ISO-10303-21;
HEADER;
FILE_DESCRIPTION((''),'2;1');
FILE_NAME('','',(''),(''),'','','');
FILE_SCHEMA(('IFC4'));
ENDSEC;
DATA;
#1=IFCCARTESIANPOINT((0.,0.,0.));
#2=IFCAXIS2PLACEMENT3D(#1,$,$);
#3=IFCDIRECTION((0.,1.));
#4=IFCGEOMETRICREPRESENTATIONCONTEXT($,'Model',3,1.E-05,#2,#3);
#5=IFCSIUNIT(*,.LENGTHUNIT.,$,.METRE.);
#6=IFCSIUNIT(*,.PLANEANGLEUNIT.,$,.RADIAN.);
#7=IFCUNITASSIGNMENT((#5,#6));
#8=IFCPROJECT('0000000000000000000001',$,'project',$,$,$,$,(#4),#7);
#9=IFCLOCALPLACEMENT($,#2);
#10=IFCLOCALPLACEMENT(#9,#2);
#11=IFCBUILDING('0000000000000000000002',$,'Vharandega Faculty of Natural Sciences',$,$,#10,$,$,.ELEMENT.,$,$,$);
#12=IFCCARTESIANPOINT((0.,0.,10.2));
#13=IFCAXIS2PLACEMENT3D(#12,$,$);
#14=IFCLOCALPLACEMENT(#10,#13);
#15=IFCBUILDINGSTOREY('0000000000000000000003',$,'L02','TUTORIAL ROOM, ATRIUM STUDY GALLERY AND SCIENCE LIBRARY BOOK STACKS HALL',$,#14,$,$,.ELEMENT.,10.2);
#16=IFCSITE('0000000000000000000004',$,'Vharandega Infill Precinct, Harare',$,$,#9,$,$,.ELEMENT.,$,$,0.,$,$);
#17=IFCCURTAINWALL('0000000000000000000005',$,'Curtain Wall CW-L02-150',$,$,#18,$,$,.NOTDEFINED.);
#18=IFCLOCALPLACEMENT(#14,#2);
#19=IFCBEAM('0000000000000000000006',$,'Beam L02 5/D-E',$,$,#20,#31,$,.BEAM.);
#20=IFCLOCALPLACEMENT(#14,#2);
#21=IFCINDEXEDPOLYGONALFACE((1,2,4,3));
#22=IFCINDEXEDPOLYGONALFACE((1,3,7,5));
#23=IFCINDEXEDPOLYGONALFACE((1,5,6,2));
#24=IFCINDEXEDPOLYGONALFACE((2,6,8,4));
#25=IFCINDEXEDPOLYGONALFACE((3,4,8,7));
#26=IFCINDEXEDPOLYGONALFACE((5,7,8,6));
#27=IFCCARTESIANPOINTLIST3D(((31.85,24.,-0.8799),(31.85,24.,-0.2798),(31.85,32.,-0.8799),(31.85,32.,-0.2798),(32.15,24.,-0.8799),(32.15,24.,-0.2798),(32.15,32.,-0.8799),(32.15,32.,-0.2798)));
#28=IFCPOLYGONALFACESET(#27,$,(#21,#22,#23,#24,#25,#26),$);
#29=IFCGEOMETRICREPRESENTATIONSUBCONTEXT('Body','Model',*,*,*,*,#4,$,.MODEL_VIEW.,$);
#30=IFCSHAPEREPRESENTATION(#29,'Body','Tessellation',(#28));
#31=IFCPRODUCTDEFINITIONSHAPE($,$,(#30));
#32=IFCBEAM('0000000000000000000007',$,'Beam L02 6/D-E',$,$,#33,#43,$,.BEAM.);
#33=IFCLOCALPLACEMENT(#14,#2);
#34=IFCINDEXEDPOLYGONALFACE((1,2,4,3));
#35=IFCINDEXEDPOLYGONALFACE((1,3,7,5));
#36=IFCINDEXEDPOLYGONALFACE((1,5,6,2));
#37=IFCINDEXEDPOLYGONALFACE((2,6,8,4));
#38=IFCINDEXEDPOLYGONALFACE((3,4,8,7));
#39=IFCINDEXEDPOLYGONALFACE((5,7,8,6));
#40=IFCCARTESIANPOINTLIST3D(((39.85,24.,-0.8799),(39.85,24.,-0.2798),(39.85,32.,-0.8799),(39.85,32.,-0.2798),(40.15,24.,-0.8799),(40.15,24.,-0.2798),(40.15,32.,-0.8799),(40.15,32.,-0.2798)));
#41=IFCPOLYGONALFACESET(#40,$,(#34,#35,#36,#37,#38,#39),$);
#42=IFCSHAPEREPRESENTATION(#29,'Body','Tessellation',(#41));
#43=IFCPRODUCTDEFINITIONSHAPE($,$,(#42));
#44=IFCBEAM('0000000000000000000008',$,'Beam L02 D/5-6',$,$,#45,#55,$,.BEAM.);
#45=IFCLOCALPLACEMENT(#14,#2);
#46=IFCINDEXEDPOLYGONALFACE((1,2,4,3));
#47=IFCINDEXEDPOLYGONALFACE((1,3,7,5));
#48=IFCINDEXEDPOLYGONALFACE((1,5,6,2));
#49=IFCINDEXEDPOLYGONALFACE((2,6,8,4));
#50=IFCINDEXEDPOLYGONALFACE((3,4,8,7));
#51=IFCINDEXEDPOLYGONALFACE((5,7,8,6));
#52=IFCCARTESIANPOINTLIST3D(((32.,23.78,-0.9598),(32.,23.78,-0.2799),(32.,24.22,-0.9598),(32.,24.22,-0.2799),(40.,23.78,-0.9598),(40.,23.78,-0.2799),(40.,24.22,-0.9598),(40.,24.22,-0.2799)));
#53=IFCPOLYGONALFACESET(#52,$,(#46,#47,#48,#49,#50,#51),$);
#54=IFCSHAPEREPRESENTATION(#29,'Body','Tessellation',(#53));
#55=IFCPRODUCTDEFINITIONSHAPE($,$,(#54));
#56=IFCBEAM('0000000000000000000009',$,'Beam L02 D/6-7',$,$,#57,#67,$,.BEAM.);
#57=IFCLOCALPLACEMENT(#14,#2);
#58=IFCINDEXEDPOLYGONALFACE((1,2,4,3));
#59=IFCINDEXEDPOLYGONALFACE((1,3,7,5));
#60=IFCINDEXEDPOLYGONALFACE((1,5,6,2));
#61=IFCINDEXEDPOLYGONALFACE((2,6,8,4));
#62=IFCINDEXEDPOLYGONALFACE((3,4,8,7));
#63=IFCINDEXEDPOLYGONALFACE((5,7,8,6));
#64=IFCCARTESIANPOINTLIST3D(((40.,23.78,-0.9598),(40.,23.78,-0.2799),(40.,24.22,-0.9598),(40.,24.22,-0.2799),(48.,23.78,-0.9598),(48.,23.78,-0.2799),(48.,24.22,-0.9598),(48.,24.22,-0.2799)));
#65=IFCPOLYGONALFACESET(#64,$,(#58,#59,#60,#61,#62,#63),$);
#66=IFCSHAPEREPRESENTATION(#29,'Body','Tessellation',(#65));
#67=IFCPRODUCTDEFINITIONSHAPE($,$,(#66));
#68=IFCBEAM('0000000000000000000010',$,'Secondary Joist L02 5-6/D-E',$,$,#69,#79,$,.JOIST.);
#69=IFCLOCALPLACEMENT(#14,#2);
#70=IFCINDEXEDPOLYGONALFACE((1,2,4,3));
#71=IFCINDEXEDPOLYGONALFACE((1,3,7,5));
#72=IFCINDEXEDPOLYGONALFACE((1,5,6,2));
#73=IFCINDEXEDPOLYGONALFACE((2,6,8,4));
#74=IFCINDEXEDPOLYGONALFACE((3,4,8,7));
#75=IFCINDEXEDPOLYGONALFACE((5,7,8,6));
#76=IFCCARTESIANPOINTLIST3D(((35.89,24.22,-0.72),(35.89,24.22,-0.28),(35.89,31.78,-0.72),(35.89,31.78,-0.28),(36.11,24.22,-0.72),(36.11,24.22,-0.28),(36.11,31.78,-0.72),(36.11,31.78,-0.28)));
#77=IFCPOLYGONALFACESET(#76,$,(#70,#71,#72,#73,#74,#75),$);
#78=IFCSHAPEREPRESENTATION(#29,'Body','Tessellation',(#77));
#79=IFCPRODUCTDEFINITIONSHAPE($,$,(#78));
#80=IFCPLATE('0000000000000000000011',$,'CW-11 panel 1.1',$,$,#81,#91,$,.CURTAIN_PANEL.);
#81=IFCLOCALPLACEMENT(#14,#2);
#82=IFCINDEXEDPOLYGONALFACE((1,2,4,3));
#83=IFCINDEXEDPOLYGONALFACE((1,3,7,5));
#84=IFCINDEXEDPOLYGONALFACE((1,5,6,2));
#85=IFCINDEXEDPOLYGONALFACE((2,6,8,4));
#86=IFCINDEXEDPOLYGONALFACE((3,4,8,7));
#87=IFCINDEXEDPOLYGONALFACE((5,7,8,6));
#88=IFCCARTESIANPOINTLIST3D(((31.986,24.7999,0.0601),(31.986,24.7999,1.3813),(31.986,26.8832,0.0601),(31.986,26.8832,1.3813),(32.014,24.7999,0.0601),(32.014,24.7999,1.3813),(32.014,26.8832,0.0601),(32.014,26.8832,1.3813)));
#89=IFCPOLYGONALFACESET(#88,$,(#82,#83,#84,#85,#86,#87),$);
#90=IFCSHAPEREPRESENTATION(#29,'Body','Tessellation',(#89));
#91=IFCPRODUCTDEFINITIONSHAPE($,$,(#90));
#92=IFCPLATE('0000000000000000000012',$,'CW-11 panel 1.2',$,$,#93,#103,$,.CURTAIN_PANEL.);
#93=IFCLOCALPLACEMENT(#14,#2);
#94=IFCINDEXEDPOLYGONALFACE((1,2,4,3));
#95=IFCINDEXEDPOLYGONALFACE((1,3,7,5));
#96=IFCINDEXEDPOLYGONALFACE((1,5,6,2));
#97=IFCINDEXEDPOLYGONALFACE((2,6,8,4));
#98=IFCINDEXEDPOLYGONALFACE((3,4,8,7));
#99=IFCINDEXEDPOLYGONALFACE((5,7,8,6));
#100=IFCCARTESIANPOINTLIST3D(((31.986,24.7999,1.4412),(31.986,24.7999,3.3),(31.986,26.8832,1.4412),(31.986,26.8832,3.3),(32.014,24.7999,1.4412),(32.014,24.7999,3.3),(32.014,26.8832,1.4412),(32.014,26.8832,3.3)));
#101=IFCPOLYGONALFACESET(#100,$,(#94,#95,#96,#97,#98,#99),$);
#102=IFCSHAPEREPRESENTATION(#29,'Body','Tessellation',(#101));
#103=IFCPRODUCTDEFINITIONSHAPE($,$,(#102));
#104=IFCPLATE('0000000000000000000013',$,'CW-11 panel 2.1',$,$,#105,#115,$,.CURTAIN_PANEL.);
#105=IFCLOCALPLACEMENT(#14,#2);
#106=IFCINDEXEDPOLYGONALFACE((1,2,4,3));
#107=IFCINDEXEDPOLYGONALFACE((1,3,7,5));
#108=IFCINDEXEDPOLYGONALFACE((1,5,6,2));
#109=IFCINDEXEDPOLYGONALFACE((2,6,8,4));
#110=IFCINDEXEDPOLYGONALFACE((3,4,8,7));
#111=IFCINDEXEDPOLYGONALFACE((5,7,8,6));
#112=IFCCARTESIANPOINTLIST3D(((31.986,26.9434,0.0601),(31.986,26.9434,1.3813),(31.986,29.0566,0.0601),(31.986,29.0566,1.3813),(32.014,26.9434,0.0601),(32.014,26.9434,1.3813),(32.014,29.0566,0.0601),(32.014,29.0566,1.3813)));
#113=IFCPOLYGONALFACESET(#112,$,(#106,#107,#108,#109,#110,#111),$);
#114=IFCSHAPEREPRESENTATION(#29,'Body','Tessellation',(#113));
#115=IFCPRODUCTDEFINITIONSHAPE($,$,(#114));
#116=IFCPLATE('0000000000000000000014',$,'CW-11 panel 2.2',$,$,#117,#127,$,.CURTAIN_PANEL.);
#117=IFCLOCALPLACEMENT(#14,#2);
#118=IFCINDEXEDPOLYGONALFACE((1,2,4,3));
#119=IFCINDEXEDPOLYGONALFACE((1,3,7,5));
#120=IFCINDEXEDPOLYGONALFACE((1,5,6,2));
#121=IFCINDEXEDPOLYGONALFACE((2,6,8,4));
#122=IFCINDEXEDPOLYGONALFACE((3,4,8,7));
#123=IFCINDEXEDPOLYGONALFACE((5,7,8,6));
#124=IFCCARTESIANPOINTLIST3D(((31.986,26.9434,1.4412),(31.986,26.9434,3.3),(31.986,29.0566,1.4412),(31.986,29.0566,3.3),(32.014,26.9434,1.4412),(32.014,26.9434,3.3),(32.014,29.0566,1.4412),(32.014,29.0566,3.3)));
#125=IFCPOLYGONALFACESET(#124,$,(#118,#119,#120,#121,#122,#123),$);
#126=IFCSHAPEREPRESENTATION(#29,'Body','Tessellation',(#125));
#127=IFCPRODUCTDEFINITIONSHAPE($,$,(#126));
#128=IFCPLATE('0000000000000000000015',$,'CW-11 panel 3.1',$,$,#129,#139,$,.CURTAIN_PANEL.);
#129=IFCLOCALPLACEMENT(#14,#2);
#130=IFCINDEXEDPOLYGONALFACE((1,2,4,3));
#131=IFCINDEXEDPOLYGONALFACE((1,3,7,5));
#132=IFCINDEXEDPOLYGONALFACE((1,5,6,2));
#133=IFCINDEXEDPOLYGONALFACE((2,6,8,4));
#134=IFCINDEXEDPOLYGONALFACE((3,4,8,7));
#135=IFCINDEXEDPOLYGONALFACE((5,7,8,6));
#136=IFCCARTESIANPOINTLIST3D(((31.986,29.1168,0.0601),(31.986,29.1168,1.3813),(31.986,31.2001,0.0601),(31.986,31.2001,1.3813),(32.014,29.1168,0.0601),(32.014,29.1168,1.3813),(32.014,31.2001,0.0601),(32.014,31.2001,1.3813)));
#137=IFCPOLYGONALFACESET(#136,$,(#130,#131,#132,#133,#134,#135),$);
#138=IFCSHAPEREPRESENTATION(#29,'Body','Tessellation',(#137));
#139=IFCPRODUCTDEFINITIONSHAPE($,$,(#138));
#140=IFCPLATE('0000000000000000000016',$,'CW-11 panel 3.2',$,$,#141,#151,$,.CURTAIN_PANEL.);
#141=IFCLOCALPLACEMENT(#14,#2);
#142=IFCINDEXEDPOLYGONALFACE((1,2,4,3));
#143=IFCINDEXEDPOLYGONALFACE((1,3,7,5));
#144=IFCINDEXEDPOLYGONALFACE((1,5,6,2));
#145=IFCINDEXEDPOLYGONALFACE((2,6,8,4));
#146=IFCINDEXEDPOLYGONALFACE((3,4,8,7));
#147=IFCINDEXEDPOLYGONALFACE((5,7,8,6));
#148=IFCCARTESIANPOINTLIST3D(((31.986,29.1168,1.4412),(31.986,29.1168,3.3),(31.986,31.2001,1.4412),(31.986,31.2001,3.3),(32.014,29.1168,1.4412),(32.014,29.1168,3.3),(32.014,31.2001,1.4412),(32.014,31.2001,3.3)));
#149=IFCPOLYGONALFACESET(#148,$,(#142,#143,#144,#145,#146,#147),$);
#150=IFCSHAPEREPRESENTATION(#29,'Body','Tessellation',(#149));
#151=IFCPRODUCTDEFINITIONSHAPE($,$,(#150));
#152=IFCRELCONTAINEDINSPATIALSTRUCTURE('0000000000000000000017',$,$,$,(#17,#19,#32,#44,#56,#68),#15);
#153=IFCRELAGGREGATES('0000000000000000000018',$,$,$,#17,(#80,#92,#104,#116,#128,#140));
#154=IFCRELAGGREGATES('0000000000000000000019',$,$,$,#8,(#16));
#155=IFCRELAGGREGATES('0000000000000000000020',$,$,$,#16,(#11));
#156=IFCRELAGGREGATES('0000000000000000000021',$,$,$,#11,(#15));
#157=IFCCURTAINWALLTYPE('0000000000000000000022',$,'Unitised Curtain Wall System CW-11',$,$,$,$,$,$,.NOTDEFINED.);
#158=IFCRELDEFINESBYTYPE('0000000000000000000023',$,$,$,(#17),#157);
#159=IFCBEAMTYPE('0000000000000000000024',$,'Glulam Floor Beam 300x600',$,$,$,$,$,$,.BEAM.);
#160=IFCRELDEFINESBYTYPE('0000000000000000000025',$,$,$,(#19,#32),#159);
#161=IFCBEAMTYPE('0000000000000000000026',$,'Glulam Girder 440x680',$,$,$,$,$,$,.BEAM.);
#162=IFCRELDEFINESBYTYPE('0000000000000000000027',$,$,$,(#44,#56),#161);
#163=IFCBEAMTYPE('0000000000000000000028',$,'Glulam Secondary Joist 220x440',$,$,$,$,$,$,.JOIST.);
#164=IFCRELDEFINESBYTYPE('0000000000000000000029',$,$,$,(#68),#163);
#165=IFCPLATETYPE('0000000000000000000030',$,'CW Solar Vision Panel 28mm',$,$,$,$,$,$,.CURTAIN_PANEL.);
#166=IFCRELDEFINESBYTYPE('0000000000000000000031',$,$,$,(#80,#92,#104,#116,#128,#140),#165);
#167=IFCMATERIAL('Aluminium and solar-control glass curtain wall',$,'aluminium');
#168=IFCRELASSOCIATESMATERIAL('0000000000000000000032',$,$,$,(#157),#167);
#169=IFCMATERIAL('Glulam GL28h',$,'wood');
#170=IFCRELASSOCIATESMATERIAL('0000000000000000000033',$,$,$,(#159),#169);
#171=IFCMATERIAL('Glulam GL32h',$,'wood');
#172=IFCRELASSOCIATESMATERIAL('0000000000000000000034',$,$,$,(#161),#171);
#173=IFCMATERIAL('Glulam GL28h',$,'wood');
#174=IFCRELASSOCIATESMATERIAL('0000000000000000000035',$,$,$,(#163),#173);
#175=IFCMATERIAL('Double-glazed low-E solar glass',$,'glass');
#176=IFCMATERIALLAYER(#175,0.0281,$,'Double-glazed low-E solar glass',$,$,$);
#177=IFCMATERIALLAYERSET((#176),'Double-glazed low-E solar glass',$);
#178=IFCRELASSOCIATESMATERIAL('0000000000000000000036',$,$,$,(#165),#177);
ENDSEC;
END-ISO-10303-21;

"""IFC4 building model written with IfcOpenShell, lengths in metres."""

from ifc_helpers import new_model, si_unit, direction, frame, origin, origin_2d, place, context, subcontext, project, spatial, rectangle, extrude, material, layer, layer_set, material_profile, profile_set, type_object, element, aggregate, save


model = new_model("IFC4")

# Units and contexts
model_context = context("Model", 3, precision=1e-05, world=origin(), true_north=direction((0.0, 1.0)))
body_context = subcontext(model_context, "Body", "Model", "MODEL_VIEW")
ifc_project = project(units=[si_unit("LENGTHUNIT", "METRE"), si_unit("PLANEANGLEUNIT", "RADIAN")], contexts=[model_context])

# Site, building, storey
site_placement = place(None, origin())
site = spatial("IfcSite", under=ifc_project, at=site_placement, Name="Vharandega Infill Precinct, Harare", CompositionType="ELEMENT", RefElevation=0.0)
building_placement = place(site_placement, origin())
building = spatial("IfcBuilding", under=site, at=building_placement, Name="Vharandega Faculty of Natural Sciences", CompositionType="ELEMENT")
storey_placement = place(building_placement, frame((0.0, 0.0, 10.2)))
storey = spatial("IfcBuildingStorey", under=building, at=storey_placement, Name="L02", Description="TUTORIAL ROOM, ATRIUM STUDY GALLERY AND SCIENCE LIBRARY BOOK STACKS HALL", CompositionType="ELEMENT", Elevation=10.2)

# Curtain wall
ifc_material_1 = material(Name="Aluminium and solar-control glass curtain wall", Category="aluminium")
curtain_wall_type = type_object("IfcCurtainWallType", Name="Unitised Curtain Wall System CW-11", PredefinedType="NOTDEFINED", material=ifc_material_1)
curtain_wall_placement = place(storey_placement, origin())
curtain_wall = element("IfcCurtainWall", 1, at=curtain_wall_placement, inside=storey, type_object=curtain_wall_type, Name="Curtain Wall CW-L02-150", PredefinedType="NOTDEFINED")

# Beams
ifc_material_2 = material(Name="Glulam GL28h", Category="wood")
ifc_material_profile_1 = material_profile(ifc_material_2, rectangle(XDim=0.3, YDim=0.6001, at=origin_2d()), Name="GL28h 300x600")
ifc_profile_set_1 = profile_set([ifc_material_profile_1], Name="Glulam GL28h")
beam_type_1 = type_object("IfcBeamType", Name="Glulam Floor Beam 300x600", PredefinedType="BEAM", material=ifc_profile_set_1)
for number, where, z_axis, x_axis, name in (
    (2, (32.0, 24.0, -0.5798), (0.0, 1.0, 0.0), (-1.0, 0.0, 0.0), "Beam L02 5/D-E"),
    (3, (40.0, 24.0, -0.5798), (0.0, 1.0, 0.0), (-1.0, 0.0, 0.0), "Beam L02 6/D-E"),
):
    element("IfcBeam", number, at=place(storey_placement, frame(where, z_axis=z_axis, x_axis=x_axis)), inside=storey, type_object=beam_type_1, Name=name, PredefinedType="BEAM", context=body_context, shape_type="SweptSolid", body=[
        extrude(rectangle(XDim=0.3, YDim=0.6001, at=origin_2d()), origin(), (0.0, 0.0, 1.0), 8.0),
    ])
ifc_material_3 = material(Name="Glulam GL32h", Category="wood")
ifc_material_profile_2 = material_profile(ifc_material_3, rectangle(XDim=0.4399, YDim=0.6799, at=origin_2d()), Name="GL32h 440x680")
ifc_profile_set_2 = profile_set([ifc_material_profile_2], Name="Glulam GL32h")
beam_type_2 = type_object("IfcBeamType", Name="Glulam Girder 440x680", PredefinedType="BEAM", material=ifc_profile_set_2)
for number, where, z_axis, x_axis, name in (
    (4, (32.0, 24.0, -0.6199), (1.0, 0.0, 0.0), (0.0, 1.0, 0.0), "Beam L02 D/5-6"),
    (5, (40.0, 24.0, -0.6199), (1.0, 0.0, 0.0), (0.0, 1.0, 0.0), "Beam L02 D/6-7"),
):
    element("IfcBeam", number, at=place(storey_placement, frame(where, z_axis=z_axis, x_axis=x_axis)), inside=storey, type_object=beam_type_2, Name=name, PredefinedType="BEAM", context=body_context, shape_type="SweptSolid", body=[
        extrude(rectangle(XDim=0.4399, YDim=0.6799, at=origin_2d()), origin(), (0.0, 0.0, 1.0), 8.0),
    ])
ifc_material_4 = material(Name="Glulam GL28h", Category="wood")
ifc_material_profile_3 = material_profile(ifc_material_4, rectangle(XDim=0.22, YDim=0.4399, at=origin_2d()), Name="GL28h 220x440")
ifc_profile_set_3 = profile_set([ifc_material_profile_3], Name="Glulam GL28h")
beam_type_3 = type_object("IfcBeamType", Name="Glulam Secondary Joist 220x440", PredefinedType="JOIST", material=ifc_profile_set_3)
beam_placement = place(storey_placement, frame((36.0, 24.22, -0.5), z_axis=(0.0, 1.0, 0.0), x_axis=(-1.0, 0.0, 0.0)))
element("IfcBeam", 6, at=beam_placement, inside=storey, type_object=beam_type_3, Name="Secondary Joist L02 5-6/D-E", PredefinedType="JOIST", context=body_context, shape_type="SweptSolid", body=[
    extrude(rectangle(XDim=0.22, YDim=0.4399, at=origin_2d()), origin(), (0.0, 0.0, 1.0), 7.5601),
])

# Plates
ifc_material_5 = material(Name="Double-glazed low-E solar glass", Category="glass")
ifc_layer = layer(ifc_material_5, 0.0281, Name="Double-glazed low-E solar glass")
ifc_layer_set = layer_set([ifc_layer], Name="Double-glazed low-E solar glass")
plate_type = type_object("IfcPlateType", Name="CW Solar Vision Panel 28mm", PredefinedType="CURTAIN_PANEL", material=ifc_layer_set)
plate_1_placement = place(storey_placement, frame((32.0, 25.8416, 0.0601), z_axis=(0.0, 0.0, 1.0), x_axis=(0.0, 1.0, 0.0)))
plate_1 = element("IfcPlate", 7, at=plate_1_placement, type_object=plate_type, Name="CW-11 panel 1.1", PredefinedType="CURTAIN_PANEL", context=body_context, shape_type="SweptSolid", body=[
    extrude(rectangle(XDim=2.0833, YDim=0.0281, at=origin_2d()), origin(), (0.0, 0.0, 1.0), 1.3213),
])
plate_2_placement = place(storey_placement, frame((32.0, 25.8416, 1.4412), z_axis=(0.0, 0.0, 1.0), x_axis=(0.0, 1.0, 0.0)))
plate_2 = element("IfcPlate", 8, at=plate_2_placement, type_object=plate_type, Name="CW-11 panel 1.2", PredefinedType="CURTAIN_PANEL", context=body_context, shape_type="SweptSolid", body=[
    extrude(rectangle(XDim=2.0833, YDim=0.0281, at=origin_2d()), origin(), (0.0, 0.0, 1.0), 1.8589),
])
plate_3_placement = place(storey_placement, frame((32.0, 28.0, 0.0601), z_axis=(0.0, 0.0, 1.0), x_axis=(0.0, 1.0, 0.0)))
plate_3 = element("IfcPlate", 9, at=plate_3_placement, type_object=plate_type, Name="CW-11 panel 2.1", PredefinedType="CURTAIN_PANEL", context=body_context, shape_type="SweptSolid", body=[
    extrude(rectangle(XDim=2.1133, YDim=0.0281, at=origin_2d()), origin(), (0.0, 0.0, 1.0), 1.3213),
])
plate_4_placement = place(storey_placement, frame((32.0, 28.0, 1.4412), z_axis=(0.0, 0.0, 1.0), x_axis=(0.0, 1.0, 0.0)))
plate_4 = element("IfcPlate", 10, at=plate_4_placement, type_object=plate_type, Name="CW-11 panel 2.2", PredefinedType="CURTAIN_PANEL", context=body_context, shape_type="SweptSolid", body=[
    extrude(rectangle(XDim=2.1133, YDim=0.0281, at=origin_2d()), origin(), (0.0, 0.0, 1.0), 1.8589),
])
plate_5_placement = place(storey_placement, frame((32.0, 30.1584, 0.0601), z_axis=(0.0, 0.0, 1.0), x_axis=(0.0, 1.0, 0.0)))
plate_5 = element("IfcPlate", 11, at=plate_5_placement, type_object=plate_type, Name="CW-11 panel 3.1", PredefinedType="CURTAIN_PANEL", context=body_context, shape_type="SweptSolid", body=[
    extrude(rectangle(XDim=2.0833, YDim=0.0281, at=origin_2d()), origin(), (0.0, 0.0, 1.0), 1.3213),
])
plate_6_placement = place(storey_placement, frame((32.0, 30.1584, 1.4412), z_axis=(0.0, 0.0, 1.0), x_axis=(0.0, 1.0, 0.0)))
plate_6 = element("IfcPlate", 12, at=plate_6_placement, type_object=plate_type, Name="CW-11 panel 3.2", PredefinedType="CURTAIN_PANEL", context=body_context, shape_type="SweptSolid", body=[
    extrude(rectangle(XDim=2.0833, YDim=0.0281, at=origin_2d()), origin(), (0.0, 0.0, 1.0), 1.8589),
])
aggregate(curtain_wall, [plate_1, plate_2, plate_3, plate_4, plate_5, plate_6])

save(model, "model.ifc")
